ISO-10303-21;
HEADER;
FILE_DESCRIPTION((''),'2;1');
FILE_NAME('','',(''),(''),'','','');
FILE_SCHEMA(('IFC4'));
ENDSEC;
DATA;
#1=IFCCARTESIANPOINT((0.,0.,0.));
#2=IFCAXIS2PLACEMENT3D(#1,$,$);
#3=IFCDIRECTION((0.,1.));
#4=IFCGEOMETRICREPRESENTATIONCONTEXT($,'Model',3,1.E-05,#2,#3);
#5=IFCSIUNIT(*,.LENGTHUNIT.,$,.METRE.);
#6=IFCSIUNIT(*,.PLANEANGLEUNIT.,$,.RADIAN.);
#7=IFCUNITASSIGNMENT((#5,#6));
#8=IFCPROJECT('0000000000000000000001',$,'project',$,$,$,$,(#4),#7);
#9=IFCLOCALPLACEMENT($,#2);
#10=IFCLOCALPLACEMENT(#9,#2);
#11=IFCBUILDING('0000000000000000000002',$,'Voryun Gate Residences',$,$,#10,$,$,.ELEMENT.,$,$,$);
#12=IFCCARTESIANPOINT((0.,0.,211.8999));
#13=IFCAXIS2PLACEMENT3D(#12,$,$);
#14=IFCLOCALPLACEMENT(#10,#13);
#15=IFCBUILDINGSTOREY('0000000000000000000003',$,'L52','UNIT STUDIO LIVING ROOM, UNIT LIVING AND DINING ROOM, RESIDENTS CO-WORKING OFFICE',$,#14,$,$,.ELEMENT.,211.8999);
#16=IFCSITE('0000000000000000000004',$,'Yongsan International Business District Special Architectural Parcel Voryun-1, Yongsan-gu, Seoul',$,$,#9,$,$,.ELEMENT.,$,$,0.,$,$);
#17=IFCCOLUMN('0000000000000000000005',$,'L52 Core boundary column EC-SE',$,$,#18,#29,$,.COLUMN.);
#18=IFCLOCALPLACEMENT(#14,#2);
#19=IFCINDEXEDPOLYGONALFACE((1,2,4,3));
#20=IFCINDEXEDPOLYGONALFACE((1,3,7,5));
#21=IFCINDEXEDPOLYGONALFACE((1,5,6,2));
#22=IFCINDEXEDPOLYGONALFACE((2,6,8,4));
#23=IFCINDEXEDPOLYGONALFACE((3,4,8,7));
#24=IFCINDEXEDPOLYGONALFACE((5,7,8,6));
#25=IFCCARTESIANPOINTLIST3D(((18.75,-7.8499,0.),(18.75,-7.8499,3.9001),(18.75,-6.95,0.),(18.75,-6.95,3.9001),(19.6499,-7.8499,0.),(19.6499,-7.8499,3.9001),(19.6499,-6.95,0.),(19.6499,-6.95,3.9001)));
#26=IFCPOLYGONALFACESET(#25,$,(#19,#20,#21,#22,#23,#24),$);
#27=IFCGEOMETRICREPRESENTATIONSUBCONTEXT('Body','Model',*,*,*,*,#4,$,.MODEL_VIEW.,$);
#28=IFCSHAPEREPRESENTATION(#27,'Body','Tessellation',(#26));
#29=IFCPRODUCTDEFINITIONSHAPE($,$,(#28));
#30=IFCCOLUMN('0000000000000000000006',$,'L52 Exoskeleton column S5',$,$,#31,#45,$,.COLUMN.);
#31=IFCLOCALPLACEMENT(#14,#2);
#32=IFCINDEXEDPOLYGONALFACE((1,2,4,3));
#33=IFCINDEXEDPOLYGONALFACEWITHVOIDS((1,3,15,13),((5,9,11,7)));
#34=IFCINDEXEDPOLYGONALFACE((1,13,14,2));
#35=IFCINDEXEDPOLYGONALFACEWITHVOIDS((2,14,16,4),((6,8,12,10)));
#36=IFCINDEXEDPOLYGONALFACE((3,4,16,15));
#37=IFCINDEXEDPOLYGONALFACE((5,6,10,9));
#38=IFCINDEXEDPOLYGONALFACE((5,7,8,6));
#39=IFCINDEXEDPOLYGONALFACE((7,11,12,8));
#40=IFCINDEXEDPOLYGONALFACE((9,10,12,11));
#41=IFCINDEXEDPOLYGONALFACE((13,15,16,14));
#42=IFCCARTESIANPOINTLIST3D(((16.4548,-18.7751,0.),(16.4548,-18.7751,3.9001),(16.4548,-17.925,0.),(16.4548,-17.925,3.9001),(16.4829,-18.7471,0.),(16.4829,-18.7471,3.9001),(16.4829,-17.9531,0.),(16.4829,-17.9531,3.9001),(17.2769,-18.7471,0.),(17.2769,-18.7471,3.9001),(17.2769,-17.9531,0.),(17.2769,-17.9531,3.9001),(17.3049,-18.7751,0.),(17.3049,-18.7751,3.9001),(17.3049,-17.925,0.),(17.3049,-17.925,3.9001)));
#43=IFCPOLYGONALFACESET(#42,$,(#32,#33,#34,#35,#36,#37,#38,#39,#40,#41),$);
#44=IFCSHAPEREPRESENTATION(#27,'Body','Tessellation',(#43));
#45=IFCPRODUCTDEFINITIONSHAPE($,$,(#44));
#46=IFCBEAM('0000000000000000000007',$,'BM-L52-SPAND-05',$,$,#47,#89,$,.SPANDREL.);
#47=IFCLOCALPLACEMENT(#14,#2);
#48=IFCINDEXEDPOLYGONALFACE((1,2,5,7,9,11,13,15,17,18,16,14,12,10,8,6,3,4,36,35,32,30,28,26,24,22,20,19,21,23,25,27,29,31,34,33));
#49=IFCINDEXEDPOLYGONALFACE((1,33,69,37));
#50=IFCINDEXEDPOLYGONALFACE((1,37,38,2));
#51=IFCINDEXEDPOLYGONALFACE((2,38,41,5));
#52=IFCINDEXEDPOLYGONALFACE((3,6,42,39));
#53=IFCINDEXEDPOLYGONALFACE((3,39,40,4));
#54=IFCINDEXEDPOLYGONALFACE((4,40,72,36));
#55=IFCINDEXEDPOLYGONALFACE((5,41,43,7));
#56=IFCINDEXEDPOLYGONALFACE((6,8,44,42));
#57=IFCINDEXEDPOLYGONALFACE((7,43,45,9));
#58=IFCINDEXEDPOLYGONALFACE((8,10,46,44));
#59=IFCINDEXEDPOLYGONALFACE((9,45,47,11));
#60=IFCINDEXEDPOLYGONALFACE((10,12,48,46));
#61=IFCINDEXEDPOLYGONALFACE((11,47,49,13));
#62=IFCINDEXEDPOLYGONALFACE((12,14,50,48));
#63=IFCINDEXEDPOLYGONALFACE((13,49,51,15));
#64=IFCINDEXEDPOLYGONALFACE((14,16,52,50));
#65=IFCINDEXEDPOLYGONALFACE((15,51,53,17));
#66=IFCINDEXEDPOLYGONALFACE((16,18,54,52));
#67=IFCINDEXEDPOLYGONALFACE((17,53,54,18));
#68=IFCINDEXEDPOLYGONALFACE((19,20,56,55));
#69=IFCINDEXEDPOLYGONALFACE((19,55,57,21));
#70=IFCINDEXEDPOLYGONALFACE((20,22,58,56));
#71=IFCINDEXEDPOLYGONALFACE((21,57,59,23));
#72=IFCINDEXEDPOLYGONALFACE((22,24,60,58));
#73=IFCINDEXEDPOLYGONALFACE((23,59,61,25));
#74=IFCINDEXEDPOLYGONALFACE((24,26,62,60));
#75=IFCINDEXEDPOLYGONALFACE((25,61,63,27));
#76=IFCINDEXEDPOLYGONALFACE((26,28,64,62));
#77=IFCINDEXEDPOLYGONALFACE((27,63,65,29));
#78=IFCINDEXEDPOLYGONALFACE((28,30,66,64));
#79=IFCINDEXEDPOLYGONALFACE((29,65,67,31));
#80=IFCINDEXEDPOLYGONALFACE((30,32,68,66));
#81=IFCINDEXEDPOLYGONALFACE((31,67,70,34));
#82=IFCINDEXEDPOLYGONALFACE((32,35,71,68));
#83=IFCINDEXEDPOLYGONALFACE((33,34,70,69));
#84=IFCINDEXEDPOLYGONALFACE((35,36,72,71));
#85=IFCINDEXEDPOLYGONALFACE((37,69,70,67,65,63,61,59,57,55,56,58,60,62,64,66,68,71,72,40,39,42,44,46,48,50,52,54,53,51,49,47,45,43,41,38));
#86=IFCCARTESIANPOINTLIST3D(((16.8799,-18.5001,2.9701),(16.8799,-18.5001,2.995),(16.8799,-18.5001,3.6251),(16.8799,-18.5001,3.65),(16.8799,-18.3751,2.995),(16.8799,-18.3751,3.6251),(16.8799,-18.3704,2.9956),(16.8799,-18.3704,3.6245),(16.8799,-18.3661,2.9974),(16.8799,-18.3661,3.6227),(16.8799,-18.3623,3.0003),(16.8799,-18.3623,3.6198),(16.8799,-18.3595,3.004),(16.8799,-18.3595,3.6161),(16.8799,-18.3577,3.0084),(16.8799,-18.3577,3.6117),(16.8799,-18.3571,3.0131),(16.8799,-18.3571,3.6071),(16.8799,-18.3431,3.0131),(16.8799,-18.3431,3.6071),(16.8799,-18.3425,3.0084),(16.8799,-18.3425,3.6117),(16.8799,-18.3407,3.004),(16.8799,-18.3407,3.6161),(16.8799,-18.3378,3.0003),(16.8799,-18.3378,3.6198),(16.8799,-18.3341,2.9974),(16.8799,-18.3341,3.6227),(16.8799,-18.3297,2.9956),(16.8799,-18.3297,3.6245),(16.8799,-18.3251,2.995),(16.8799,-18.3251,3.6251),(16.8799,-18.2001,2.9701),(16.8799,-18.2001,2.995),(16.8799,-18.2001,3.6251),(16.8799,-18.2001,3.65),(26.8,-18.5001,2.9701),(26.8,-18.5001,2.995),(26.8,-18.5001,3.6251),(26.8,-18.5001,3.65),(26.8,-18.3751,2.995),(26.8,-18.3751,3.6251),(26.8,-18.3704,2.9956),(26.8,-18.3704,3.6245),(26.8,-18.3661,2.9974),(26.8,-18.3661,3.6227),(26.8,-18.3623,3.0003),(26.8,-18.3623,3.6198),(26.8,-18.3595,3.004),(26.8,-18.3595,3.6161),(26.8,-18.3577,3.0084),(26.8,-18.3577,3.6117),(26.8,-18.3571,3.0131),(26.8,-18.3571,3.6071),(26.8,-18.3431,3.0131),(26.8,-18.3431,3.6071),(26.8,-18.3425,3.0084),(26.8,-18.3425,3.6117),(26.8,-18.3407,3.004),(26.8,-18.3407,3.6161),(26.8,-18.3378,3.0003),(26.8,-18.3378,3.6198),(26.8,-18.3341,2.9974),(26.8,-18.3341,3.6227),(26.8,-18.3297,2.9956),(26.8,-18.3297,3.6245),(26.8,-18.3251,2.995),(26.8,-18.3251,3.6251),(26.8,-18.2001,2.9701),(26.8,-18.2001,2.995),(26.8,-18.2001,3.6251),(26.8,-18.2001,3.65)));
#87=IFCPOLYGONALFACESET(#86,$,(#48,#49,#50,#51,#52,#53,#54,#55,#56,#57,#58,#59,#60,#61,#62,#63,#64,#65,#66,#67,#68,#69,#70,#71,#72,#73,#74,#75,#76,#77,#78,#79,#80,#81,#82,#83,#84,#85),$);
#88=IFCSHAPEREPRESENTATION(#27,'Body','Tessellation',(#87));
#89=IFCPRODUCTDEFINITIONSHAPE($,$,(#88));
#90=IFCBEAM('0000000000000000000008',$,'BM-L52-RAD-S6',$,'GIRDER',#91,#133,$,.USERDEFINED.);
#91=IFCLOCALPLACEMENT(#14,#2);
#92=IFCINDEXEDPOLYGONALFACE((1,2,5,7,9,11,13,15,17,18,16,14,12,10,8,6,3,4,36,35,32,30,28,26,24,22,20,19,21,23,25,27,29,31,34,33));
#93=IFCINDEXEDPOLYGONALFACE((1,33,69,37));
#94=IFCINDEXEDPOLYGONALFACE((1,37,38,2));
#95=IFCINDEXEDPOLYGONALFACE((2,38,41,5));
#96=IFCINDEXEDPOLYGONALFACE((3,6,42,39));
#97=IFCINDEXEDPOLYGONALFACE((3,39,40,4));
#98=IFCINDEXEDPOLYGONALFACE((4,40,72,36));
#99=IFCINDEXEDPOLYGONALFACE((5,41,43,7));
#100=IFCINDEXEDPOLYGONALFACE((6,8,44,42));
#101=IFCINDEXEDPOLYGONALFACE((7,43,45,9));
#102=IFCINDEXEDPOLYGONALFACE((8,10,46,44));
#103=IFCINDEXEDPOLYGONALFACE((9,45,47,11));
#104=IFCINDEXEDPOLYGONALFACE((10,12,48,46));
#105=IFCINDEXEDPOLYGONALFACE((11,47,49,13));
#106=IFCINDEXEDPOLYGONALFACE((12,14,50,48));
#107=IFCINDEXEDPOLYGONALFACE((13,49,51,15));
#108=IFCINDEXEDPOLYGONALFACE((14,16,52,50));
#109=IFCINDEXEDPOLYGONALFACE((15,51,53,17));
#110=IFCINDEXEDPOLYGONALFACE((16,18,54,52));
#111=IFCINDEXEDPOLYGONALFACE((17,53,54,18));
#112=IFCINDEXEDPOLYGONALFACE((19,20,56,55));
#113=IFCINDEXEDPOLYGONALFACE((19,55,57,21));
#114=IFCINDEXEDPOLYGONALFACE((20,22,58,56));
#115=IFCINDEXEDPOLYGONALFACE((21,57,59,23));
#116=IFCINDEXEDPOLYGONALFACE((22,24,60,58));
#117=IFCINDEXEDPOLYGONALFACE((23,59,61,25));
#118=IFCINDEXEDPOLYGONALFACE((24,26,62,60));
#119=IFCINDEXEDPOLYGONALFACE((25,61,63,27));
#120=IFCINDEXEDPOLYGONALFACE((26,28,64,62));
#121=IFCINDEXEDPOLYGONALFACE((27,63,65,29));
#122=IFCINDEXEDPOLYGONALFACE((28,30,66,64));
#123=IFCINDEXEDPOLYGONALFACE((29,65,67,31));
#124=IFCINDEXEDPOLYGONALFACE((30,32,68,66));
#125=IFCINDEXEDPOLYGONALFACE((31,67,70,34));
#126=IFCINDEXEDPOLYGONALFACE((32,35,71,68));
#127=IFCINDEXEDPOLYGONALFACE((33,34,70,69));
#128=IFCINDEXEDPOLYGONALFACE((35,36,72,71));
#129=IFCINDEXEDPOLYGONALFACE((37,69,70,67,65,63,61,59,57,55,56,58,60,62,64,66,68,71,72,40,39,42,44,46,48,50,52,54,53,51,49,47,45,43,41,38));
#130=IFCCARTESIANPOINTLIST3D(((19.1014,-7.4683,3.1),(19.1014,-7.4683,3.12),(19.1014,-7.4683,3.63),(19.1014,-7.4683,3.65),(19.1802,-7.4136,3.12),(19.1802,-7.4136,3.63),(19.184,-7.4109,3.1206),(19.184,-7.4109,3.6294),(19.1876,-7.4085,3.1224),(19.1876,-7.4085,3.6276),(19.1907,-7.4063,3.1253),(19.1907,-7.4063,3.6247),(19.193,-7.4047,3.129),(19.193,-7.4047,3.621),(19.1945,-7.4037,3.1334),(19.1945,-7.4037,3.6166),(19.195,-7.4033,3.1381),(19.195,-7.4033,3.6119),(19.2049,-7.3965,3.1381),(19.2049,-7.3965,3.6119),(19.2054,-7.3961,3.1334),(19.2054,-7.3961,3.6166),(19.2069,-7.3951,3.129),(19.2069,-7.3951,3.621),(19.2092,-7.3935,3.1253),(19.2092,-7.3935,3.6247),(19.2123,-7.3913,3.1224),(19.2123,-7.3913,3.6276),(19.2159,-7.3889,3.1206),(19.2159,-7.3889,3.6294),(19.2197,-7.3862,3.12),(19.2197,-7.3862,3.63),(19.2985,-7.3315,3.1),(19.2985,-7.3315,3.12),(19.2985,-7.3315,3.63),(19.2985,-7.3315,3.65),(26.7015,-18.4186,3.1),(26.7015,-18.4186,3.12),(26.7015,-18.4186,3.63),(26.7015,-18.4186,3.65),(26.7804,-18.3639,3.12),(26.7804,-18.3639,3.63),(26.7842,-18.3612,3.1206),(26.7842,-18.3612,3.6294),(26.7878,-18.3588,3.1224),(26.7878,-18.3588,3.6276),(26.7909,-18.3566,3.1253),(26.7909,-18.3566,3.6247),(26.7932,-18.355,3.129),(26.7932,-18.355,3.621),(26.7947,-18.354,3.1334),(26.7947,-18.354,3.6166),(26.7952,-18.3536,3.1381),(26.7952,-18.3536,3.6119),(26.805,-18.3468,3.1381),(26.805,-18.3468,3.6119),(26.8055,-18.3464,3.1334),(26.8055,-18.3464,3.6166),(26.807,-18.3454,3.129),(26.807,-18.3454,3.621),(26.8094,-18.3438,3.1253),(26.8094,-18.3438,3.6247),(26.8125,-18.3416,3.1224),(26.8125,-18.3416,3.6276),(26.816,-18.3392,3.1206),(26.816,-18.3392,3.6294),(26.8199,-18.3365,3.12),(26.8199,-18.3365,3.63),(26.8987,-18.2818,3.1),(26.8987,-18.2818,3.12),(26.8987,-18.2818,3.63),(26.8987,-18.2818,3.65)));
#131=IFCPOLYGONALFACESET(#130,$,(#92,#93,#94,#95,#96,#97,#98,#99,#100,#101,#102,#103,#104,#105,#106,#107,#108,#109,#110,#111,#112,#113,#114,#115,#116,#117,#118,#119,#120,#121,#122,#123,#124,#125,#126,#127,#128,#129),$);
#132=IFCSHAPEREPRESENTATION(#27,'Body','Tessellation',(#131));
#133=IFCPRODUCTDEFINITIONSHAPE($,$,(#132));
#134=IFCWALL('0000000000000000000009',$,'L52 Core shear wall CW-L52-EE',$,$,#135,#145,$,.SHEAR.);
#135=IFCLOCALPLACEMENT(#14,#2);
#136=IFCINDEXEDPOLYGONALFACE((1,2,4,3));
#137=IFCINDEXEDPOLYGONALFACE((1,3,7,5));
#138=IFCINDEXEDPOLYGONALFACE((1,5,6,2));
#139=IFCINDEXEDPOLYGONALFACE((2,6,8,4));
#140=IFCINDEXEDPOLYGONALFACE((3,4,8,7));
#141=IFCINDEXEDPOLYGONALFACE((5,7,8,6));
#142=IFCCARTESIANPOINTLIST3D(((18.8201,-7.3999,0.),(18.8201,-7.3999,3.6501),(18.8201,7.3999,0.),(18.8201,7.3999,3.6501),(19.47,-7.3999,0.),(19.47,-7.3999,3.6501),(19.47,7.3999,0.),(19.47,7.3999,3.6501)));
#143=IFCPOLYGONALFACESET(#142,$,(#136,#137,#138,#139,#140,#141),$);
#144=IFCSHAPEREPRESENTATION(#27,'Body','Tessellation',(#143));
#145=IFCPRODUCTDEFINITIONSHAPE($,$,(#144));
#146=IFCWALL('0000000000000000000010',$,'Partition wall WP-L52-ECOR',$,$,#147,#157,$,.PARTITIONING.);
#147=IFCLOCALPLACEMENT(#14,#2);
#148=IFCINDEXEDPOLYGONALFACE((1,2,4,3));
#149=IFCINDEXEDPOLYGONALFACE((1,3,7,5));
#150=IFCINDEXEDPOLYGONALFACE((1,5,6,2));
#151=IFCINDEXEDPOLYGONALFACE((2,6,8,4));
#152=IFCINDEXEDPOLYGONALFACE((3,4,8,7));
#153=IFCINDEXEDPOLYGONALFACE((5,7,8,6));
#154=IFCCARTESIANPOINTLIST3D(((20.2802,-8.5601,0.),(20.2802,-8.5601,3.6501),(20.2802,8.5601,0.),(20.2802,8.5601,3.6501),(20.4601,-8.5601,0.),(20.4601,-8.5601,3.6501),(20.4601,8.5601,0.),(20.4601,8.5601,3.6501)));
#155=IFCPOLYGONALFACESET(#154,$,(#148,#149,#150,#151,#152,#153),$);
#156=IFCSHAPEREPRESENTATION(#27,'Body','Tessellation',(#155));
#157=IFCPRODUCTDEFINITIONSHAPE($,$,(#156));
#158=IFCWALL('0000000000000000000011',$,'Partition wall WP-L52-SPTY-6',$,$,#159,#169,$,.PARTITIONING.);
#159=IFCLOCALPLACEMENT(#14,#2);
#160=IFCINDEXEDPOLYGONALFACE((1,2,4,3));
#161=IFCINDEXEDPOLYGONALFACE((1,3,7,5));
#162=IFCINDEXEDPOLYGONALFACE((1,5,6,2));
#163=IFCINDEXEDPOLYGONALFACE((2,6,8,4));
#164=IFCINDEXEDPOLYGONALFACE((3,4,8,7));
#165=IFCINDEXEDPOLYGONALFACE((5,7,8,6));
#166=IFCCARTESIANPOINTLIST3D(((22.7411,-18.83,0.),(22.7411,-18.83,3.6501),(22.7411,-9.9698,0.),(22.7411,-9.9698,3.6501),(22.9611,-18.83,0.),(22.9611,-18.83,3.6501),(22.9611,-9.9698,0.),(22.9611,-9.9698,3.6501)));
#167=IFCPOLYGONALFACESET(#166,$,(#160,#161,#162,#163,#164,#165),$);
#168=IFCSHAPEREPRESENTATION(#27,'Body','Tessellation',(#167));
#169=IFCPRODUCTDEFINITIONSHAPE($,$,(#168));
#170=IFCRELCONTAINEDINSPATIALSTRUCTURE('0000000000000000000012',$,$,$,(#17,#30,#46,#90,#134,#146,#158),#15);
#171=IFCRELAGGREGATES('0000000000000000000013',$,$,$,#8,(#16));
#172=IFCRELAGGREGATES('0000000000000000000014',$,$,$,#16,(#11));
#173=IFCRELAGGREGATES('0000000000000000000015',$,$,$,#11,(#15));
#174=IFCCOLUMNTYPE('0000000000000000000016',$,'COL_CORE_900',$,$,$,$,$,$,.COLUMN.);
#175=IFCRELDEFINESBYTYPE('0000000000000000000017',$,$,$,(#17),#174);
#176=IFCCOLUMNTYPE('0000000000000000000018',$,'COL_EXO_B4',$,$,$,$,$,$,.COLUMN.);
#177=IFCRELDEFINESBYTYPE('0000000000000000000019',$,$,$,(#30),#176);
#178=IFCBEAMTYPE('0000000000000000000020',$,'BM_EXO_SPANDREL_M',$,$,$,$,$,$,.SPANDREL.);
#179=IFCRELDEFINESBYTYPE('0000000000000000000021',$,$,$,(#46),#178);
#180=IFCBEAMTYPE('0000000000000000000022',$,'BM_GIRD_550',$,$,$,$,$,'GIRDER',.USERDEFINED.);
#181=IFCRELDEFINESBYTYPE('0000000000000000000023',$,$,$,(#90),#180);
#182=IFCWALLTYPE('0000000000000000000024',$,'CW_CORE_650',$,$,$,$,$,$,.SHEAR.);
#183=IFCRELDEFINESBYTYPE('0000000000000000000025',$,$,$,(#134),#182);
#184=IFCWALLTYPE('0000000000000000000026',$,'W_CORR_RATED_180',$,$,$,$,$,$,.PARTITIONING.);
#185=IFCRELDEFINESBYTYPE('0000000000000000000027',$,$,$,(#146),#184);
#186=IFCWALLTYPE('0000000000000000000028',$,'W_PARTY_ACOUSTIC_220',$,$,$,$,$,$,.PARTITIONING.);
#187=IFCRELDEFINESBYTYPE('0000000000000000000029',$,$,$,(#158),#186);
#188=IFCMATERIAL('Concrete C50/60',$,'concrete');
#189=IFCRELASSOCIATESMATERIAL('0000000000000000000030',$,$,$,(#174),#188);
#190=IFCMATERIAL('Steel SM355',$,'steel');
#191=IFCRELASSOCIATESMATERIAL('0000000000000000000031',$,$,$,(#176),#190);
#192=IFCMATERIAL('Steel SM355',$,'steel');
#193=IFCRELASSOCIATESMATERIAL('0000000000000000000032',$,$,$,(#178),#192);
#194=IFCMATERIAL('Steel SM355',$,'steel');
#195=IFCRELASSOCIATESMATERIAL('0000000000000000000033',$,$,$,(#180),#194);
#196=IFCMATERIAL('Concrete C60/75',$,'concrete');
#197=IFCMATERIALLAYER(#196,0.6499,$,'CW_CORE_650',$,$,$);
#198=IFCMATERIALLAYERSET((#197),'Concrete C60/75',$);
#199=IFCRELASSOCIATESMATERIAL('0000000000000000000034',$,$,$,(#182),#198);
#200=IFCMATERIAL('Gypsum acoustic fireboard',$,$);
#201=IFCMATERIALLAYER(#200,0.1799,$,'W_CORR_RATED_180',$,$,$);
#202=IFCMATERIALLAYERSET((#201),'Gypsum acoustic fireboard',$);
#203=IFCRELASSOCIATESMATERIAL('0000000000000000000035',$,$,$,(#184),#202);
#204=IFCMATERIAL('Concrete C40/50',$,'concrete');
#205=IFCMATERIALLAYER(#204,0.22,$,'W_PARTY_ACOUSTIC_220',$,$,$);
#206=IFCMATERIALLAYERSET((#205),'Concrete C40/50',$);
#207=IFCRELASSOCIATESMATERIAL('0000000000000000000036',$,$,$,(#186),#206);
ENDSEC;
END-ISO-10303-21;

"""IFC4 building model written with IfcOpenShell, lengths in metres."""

from ifc_helpers import new_model, si_unit, direction, frame, frame_2d, origin, origin_2d, place, context, subcontext, project, spatial, rectangle, hollow_rectangle, i_section, extrude, material, layer, layer_set, material_profile, profile_set, type_object, element, save


model = new_model("IFC4")

# Units and contexts
model_context = context("Model", 3, precision=1e-05, world=origin(), true_north=direction((0.0, 1.0)))
body_context = subcontext(model_context, "Body", "Model", "MODEL_VIEW")
ifc_project = project(units=[si_unit("LENGTHUNIT", "METRE"), si_unit("PLANEANGLEUNIT", "RADIAN")], contexts=[model_context])

# Site, building, storey
site_placement = place(None, origin())
site = spatial("IfcSite", under=ifc_project, at=site_placement, Name="Yongsan International Business District Special Architectural Parcel Voryun-1, Yongsan-gu, Seoul", CompositionType="ELEMENT", RefElevation=0.0)
building_placement = place(site_placement, origin())
building = spatial("IfcBuilding", under=site, at=building_placement, Name="Voryun Gate Residences", CompositionType="ELEMENT")
storey_placement = place(building_placement, frame((0.0, 0.0, 211.8999)))
storey = spatial("IfcBuildingStorey", under=building, at=storey_placement, Name="L52", Description="UNIT STUDIO LIVING ROOM, UNIT LIVING AND DINING ROOM, RESIDENTS CO-WORKING OFFICE", CompositionType="ELEMENT", Elevation=211.8999)

# Columns
ifc_material_1 = material(Name="Concrete C50/60", Category="concrete")
ifc_material_profile_1 = material_profile(ifc_material_1, rectangle(XDim=0.8999, YDim=0.8999, at=origin_2d()), Name="RC-900x900")
ifc_profile_set_1 = profile_set([ifc_material_profile_1], Name="Concrete C50/60")
column_type_1 = type_object("IfcColumnType", Name="COL_CORE_900", PredefinedType="COLUMN", material=ifc_profile_set_1)
column_1_placement = place(storey_placement, frame((19.2, -7.3999, 0.0), z_axis=(0.0, 0.0, 1.0), x_axis=(1.0, 0.0, 0.0)))
element("IfcColumn", 1, at=column_1_placement, inside=storey, type_object=column_type_1, Name="L52 Core boundary column EC-SE", PredefinedType="COLUMN", context=body_context, shape_type="SweptSolid", body=[
    extrude(rectangle(XDim=0.8999, YDim=0.8999, at=origin_2d()), origin(), (0.0, 0.0, 1.0), 3.9001),
])
ifc_material_2 = material(Name="Steel SM355", Category="steel")
ifc_material_profile_2 = material_profile(ifc_material_2, hollow_rectangle(XDim=0.8501, YDim=0.8501, WallThickness=0.0281, at=origin_2d()), Name="BOX-850x850x28")
ifc_profile_set_2 = profile_set([ifc_material_profile_2], Name="Steel SM355")
column_type_2 = type_object("IfcColumnType", Name="COL_EXO_B4", PredefinedType="COLUMN", material=ifc_profile_set_2)
column_2_placement = place(storey_placement, frame((16.8799, -18.3501, 0.0), z_axis=(0.0, 0.0, 1.0), x_axis=(1.0, 0.0, 0.0)))
element("IfcColumn", 2, at=column_2_placement, inside=storey, type_object=column_type_2, Name="L52 Exoskeleton column S5", PredefinedType="COLUMN", context=body_context, shape_type="SweptSolid", body=[
    extrude(hollow_rectangle(XDim=0.8501, YDim=0.8501, WallThickness=0.0281, at=origin_2d()), origin(), (0.0, 0.0, 1.0), 3.9001),
])

# Beams
ifc_material_3 = material(Name="Steel SM355", Category="steel")
ifc_material_profile_3 = material_profile(ifc_material_3, i_section(OverallWidth=0.3, OverallDepth=0.6799, WebThickness=0.0139, FlangeThickness=0.0249, FilletRadius=0.0181, at=origin_2d()), Name="H-680x300x14x25")
ifc_profile_set_3 = profile_set([ifc_material_profile_3], Name="Steel SM355")
beam_type_1 = type_object("IfcBeamType", Name="BM_EXO_SPANDREL_M", PredefinedType="SPANDREL", material=ifc_profile_set_3)
beam_1_placement = place(storey_placement, frame((16.8799, -18.3501, 3.3101), z_axis=(1.0, 0.0, 0.0), x_axis=(0.0, 1.0, 0.0)))
element("IfcBeam", 3, at=beam_1_placement, inside=storey, type_object=beam_type_1, Name="BM-L52-SPAND-05", PredefinedType="SPANDREL", context=body_context, shape_type="SweptSolid", body=[
    extrude(i_section(OverallWidth=0.3, OverallDepth=0.6799, WebThickness=0.0139, FlangeThickness=0.0249, FilletRadius=0.0181, at=origin_2d()), origin(), (0.0, 0.0, 1.0), 9.9202),
])
ifc_material_4 = material(Name="Steel SM355", Category="steel")
ifc_material_profile_4 = material_profile(ifc_material_4, i_section(OverallWidth=0.24, OverallDepth=0.55, WebThickness=0.012, FlangeThickness=0.02, FilletRadius=0.0181, at=origin_2d()), Name="H-550x240x12x20")
ifc_profile_set_4 = profile_set([ifc_material_profile_4], Name="Steel SM355")
beam_type_2 = type_object("IfcBeamType", Name="BM_GIRD_550", ElementType="GIRDER", PredefinedType="USERDEFINED", material=ifc_profile_set_4)
beam_2_placement = place(storey_placement, frame((19.2, -7.3999, 3.375), z_axis=(0.570183, -0.821518, 0.0), x_axis=(0.821518, 0.570183, 0.0)))
element("IfcBeam", 4, at=beam_2_placement, inside=storey, type_object=beam_type_2, Name="BM-L52-RAD-S6", ObjectType="GIRDER", PredefinedType="USERDEFINED", context=body_context, shape_type="SweptSolid", body=[
    extrude(i_section(OverallWidth=0.24, OverallDepth=0.55, WebThickness=0.012, FlangeThickness=0.02, FilletRadius=0.0181, at=origin_2d()), origin(), (0.0, 0.0, 1.0), 13.3293),
])

# Walls
ifc_material_5 = material(Name="Concrete C60/75", Category="concrete")
ifc_layer_1 = layer(ifc_material_5, 0.6499, Name="CW_CORE_650")
ifc_layer_set_1 = layer_set([ifc_layer_1], Name="Concrete C60/75")
wall_type_1 = type_object("IfcWallType", Name="CW_CORE_650", PredefinedType="SHEAR", material=ifc_layer_set_1)
wall_1_placement = place(storey_placement, frame((19.145, -7.3999, 0.0), z_axis=(0.0, 0.0, 1.0), x_axis=(0.0, 1.0, 0.0)))
element("IfcWall", 5, at=wall_1_placement, inside=storey, type_object=wall_type_1, Name="L52 Core shear wall CW-L52-EE", PredefinedType="SHEAR", context=body_context, shape_type="SweptSolid", body=[
    extrude(rectangle(XDim=14.7998, YDim=0.6499, at=frame_2d((7.3999, 0.0))), origin(), (0.0, 0.0, 1.0), 3.6501),
])
ifc_material_6 = material(Name="Gypsum acoustic fireboard")
ifc_layer_2 = layer(ifc_material_6, 0.1799, Name="W_CORR_RATED_180")
ifc_layer_set_2 = layer_set([ifc_layer_2], Name="Gypsum acoustic fireboard")
wall_type_2 = type_object("IfcWallType", Name="W_CORR_RATED_180", PredefinedType="PARTITIONING", material=ifc_layer_set_2)
wall_2_placement = place(storey_placement, frame((20.3701, -8.5601, 0.0), z_axis=(0.0, 0.0, 1.0), x_axis=(0.0, 1.0, 0.0)))
element("IfcWall", 6, at=wall_2_placement, inside=storey, type_object=wall_type_2, Name="Partition wall WP-L52-ECOR", PredefinedType="PARTITIONING", context=body_context, shape_type="SweptSolid", body=[
    extrude(rectangle(XDim=17.1201, YDim=0.1799, at=frame_2d((8.5601, 0.0))), origin(), (0.0, 0.0, 1.0), 3.6501),
])
ifc_material_7 = material(Name="Concrete C40/50", Category="concrete")
ifc_layer_3 = layer(ifc_material_7, 0.22, Name="W_PARTY_ACOUSTIC_220")
ifc_layer_set_3 = layer_set([ifc_layer_3], Name="Concrete C40/50")
wall_type_3 = type_object("IfcWallType", Name="W_PARTY_ACOUSTIC_220", PredefinedType="PARTITIONING", material=ifc_layer_set_3)
wall_3_placement = place(storey_placement, frame((22.8511, -18.8301, 0.0), z_axis=(0.0, 0.0, 1.0), x_axis=(0.0, 1.0, 0.0)))
element("IfcWall", 7, at=wall_3_placement, inside=storey, type_object=wall_type_3, Name="Partition wall WP-L52-SPTY-6", PredefinedType="PARTITIONING", context=body_context, shape_type="SweptSolid", body=[
    extrude(rectangle(XDim=8.8601, YDim=0.22, at=frame_2d((4.4302, 0.0))), origin(), (0.0, 0.0, 1.0), 3.6501),
])

save(model, "model.ifc")
